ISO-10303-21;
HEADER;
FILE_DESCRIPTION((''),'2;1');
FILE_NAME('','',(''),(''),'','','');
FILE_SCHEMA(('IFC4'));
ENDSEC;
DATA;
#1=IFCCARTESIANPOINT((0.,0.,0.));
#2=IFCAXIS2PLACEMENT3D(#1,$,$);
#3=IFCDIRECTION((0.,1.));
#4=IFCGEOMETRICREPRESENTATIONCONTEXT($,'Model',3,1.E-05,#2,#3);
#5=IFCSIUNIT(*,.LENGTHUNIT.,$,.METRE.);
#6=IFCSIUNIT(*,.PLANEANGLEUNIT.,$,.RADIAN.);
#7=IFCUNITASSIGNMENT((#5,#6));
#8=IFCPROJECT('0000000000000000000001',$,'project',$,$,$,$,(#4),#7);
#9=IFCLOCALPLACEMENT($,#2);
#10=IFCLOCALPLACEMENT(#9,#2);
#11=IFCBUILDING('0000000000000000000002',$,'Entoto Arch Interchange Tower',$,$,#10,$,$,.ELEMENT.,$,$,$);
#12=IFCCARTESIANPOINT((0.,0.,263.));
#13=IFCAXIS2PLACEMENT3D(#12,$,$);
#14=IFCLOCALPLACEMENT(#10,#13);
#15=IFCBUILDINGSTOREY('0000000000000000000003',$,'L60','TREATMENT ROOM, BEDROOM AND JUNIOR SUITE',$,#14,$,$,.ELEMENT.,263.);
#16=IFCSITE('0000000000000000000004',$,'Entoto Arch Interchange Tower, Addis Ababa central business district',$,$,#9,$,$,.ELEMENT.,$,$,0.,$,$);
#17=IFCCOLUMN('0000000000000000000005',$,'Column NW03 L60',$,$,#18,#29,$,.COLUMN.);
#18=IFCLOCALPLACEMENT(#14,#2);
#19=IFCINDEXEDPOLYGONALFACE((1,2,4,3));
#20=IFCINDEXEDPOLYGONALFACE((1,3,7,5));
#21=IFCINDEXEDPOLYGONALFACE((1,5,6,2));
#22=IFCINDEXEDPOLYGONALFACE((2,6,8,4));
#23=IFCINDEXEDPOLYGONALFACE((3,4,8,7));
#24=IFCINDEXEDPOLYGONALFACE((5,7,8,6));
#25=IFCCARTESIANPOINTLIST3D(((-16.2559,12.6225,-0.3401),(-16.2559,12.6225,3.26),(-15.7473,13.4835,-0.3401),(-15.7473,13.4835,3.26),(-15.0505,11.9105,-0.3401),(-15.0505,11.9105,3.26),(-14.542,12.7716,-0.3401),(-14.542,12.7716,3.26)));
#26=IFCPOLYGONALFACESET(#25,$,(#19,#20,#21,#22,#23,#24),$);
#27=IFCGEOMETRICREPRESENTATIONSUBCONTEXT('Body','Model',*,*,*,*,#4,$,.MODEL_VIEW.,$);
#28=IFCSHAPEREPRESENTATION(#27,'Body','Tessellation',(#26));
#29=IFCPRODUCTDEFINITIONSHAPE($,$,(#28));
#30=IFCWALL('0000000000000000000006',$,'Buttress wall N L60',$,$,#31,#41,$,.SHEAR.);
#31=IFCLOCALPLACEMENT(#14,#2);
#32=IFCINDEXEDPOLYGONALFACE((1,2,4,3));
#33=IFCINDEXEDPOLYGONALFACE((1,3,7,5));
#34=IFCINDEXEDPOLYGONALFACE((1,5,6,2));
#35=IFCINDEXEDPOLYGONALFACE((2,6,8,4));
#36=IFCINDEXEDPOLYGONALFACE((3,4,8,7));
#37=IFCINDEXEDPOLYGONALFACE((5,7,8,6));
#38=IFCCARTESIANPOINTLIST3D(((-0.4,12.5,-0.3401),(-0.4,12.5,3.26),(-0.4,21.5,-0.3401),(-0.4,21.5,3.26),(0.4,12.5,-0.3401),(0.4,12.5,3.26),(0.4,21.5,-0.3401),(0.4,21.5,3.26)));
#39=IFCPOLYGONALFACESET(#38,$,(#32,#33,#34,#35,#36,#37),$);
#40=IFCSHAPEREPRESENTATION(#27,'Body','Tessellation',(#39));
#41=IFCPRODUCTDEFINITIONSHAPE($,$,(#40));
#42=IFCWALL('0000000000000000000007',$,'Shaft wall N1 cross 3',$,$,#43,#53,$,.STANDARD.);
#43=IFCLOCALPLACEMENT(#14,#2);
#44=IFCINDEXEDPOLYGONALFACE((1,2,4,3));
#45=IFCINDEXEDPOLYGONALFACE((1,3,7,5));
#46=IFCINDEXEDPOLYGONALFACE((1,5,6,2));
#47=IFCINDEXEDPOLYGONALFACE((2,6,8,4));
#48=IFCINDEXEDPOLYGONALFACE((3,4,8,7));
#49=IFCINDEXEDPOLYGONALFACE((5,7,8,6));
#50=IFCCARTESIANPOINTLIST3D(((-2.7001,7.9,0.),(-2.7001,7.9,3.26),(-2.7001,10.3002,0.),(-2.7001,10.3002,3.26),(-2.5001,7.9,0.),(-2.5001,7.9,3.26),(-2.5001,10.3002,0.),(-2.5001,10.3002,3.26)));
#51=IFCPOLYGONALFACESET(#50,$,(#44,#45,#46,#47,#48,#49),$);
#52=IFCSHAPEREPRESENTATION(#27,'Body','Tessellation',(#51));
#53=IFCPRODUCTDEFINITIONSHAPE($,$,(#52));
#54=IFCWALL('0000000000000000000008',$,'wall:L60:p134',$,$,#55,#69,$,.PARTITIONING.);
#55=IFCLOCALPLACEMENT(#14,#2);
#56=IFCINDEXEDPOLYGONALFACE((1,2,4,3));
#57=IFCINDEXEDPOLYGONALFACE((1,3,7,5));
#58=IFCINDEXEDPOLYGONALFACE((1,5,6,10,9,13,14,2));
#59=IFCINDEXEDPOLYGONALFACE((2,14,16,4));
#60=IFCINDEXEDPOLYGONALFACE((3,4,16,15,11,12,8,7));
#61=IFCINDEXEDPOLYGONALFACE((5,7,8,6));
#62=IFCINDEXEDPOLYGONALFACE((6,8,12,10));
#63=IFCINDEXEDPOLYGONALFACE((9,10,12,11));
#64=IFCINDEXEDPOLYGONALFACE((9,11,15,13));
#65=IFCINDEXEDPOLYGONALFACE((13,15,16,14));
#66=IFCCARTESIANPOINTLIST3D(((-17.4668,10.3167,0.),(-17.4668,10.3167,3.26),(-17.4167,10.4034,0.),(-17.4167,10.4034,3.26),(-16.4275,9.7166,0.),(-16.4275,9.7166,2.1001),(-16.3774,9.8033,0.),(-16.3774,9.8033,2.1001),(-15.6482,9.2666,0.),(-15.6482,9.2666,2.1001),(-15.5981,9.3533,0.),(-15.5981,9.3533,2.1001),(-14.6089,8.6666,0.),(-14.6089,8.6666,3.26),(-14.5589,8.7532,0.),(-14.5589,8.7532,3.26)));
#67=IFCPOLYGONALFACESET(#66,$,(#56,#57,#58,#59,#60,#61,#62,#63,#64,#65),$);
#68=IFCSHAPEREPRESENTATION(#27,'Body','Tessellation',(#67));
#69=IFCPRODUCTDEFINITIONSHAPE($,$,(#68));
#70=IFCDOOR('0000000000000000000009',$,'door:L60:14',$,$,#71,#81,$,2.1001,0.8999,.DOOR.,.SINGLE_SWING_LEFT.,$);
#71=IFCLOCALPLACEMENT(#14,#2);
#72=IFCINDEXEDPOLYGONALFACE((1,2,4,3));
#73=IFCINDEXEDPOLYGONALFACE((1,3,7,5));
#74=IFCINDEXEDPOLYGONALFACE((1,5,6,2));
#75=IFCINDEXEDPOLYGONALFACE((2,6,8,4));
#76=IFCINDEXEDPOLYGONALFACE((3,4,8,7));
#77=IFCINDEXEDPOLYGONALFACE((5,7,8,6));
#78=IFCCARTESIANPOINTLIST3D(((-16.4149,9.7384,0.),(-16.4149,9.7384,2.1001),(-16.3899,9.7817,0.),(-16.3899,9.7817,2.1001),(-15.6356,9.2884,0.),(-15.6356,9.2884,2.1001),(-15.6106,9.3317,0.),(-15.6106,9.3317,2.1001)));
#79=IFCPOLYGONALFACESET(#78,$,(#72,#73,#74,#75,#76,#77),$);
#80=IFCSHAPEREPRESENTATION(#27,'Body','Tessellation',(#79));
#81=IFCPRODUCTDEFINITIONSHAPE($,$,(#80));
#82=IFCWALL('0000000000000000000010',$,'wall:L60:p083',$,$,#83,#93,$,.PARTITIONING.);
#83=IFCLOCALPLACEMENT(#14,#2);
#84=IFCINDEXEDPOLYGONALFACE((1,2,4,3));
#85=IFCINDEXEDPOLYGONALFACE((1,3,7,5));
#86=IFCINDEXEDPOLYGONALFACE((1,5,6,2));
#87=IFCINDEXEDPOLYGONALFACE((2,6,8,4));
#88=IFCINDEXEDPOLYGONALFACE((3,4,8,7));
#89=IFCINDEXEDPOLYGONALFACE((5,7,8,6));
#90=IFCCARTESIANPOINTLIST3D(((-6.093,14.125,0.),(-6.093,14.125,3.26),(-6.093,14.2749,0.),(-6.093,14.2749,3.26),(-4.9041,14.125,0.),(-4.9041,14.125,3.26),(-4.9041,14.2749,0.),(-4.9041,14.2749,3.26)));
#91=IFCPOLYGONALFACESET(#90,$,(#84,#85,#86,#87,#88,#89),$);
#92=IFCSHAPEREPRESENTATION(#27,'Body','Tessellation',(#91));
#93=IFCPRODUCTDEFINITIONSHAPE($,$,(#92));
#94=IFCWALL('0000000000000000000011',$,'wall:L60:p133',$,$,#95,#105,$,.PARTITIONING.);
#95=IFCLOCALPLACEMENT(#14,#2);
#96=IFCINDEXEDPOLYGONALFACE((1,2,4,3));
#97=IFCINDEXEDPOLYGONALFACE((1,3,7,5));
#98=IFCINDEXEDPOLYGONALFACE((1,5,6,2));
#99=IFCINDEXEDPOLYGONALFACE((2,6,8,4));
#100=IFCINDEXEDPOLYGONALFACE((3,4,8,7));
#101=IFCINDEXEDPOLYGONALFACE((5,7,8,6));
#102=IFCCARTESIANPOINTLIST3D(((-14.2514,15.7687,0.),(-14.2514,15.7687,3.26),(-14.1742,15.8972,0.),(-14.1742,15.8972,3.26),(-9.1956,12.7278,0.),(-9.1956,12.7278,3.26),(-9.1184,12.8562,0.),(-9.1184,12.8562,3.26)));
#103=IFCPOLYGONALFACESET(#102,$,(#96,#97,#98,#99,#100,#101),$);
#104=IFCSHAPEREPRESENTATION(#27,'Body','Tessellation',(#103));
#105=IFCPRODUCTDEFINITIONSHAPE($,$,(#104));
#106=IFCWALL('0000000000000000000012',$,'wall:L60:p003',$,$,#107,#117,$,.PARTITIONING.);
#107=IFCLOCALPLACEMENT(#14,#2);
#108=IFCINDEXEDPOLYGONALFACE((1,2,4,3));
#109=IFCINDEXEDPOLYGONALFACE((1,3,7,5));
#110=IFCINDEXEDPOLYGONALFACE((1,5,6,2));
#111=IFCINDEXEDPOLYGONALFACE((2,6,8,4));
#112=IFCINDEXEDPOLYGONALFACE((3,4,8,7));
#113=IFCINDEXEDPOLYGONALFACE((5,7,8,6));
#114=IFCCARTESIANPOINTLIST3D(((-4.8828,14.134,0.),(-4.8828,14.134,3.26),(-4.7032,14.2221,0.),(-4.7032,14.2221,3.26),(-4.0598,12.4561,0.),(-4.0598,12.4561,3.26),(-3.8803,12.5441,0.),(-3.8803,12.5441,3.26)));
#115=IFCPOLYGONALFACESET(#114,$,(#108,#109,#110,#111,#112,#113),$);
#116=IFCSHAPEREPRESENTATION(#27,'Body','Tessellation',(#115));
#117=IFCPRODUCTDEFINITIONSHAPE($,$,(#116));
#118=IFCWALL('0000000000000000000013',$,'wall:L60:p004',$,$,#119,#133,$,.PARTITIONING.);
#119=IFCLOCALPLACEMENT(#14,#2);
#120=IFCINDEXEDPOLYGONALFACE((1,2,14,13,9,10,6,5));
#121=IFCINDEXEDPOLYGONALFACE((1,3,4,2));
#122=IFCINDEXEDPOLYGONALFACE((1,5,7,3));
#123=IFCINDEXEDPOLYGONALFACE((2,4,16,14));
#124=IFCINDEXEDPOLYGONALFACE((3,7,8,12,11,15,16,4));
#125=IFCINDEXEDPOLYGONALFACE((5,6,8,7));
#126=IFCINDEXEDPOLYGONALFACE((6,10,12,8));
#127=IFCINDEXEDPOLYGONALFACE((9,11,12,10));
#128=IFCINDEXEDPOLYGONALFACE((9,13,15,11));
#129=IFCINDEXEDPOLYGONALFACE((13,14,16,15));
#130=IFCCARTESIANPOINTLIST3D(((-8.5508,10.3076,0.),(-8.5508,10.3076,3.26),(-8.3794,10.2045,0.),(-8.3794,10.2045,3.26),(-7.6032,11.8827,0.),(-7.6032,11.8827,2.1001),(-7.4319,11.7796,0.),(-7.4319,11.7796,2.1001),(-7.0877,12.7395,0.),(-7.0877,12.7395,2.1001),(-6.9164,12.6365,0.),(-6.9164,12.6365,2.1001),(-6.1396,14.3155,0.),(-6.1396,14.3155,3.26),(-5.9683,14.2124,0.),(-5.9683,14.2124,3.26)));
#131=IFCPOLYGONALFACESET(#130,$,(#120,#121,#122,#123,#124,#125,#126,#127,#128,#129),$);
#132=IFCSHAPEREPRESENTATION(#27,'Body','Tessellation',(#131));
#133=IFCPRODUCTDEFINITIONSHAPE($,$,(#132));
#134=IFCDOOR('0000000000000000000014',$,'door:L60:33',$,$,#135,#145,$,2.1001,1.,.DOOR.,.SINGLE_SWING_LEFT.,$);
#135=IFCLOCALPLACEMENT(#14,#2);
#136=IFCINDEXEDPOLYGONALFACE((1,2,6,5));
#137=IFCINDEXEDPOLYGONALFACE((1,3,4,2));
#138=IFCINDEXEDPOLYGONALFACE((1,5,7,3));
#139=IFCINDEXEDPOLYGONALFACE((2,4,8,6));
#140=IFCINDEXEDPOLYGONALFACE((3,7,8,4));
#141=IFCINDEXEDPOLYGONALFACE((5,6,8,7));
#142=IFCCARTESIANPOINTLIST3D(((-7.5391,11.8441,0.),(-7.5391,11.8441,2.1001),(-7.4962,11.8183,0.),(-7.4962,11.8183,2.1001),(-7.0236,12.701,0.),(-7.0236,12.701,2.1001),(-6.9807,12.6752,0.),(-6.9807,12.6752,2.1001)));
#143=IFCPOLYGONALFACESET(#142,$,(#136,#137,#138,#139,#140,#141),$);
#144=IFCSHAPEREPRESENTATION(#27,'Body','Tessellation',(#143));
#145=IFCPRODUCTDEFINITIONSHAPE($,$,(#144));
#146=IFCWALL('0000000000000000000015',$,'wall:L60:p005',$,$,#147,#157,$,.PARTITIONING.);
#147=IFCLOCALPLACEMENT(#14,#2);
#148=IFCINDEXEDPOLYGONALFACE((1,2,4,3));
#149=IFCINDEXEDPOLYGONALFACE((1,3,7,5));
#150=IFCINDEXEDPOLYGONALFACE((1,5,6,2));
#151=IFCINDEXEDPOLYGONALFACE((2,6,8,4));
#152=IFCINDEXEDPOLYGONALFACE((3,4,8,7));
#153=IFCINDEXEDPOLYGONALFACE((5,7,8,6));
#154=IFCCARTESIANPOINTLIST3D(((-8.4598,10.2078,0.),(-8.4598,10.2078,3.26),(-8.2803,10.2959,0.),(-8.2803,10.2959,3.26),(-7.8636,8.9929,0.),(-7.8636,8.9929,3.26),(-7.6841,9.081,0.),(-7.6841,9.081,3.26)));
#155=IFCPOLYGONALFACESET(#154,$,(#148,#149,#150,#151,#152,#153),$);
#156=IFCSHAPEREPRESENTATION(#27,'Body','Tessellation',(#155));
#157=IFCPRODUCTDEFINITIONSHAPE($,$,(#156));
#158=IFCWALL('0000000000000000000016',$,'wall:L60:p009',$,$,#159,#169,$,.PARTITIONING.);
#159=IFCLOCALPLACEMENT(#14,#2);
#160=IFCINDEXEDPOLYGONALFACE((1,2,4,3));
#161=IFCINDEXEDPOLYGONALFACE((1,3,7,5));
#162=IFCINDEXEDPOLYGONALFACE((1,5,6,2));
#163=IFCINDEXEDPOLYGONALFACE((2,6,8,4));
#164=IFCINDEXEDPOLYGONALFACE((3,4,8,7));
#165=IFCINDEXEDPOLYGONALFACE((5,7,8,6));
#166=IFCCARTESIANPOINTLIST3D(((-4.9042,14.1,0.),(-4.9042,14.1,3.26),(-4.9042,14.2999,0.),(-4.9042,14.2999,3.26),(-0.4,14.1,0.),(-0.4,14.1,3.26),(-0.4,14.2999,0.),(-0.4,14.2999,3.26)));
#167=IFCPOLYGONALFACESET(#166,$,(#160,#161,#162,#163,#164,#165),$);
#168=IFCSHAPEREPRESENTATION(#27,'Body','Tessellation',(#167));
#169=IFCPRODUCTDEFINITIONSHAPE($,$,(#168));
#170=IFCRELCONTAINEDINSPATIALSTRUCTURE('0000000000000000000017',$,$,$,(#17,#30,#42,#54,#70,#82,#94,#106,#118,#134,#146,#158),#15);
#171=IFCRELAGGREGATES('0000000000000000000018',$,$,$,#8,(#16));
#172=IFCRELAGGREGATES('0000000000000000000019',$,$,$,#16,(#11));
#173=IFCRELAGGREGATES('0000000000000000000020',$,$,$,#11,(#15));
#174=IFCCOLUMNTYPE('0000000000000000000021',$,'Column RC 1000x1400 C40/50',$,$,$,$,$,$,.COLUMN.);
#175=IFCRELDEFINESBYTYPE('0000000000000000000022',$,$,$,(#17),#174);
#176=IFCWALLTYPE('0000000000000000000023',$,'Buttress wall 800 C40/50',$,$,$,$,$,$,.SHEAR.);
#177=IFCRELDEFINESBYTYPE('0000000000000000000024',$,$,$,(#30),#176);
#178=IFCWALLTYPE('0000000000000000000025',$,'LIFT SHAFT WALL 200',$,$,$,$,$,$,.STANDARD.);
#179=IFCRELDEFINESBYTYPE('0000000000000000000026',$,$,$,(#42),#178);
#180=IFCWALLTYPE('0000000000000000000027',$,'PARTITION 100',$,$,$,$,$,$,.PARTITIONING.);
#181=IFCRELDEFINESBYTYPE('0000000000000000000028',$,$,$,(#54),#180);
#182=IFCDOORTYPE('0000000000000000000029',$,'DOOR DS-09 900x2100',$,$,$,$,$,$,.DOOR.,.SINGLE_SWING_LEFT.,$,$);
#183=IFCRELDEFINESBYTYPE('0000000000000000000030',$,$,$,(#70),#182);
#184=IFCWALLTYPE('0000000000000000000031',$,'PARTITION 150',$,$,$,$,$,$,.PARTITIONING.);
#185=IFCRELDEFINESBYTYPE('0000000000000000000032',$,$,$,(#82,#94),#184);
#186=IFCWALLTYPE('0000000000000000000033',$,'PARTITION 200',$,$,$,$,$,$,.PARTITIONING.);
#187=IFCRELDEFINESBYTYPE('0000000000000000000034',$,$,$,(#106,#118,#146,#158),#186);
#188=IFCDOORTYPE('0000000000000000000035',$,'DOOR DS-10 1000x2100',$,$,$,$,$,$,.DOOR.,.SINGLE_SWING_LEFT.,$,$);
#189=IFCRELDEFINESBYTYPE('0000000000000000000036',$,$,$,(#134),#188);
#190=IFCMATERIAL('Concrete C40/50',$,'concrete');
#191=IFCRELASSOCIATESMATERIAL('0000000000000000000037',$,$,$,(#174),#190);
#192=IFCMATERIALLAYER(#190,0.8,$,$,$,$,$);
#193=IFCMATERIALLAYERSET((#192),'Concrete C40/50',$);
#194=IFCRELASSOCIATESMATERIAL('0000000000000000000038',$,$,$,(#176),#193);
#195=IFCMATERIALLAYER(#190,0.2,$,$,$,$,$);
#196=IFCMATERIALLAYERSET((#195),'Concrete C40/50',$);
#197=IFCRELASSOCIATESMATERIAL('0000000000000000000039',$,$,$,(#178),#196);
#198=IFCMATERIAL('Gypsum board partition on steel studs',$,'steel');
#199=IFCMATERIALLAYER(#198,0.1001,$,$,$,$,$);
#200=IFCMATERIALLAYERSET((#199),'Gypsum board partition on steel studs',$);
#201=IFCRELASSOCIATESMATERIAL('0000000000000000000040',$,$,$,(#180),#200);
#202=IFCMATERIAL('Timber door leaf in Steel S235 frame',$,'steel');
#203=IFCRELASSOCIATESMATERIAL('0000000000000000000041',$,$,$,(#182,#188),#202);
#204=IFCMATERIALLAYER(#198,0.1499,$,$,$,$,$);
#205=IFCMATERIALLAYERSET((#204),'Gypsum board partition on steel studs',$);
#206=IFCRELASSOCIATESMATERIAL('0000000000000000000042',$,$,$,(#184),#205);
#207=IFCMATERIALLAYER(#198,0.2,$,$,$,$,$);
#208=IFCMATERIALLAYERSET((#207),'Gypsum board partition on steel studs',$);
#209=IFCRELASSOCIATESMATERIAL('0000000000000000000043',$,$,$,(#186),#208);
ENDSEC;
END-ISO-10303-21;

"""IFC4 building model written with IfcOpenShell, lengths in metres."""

from ifc_helpers import new_model, si_unit, direction, frame, frame_2d, origin, origin_2d, place, context, subcontext, project, spatial, rectangle, extrude, material, layer, layer_set, material_profile, profile_set, type_object, element, fill, save


model = new_model("IFC4")

# Units and contexts
model_context = context("Model", 3, precision=1e-05, world=origin(), true_north=direction((0.0, 1.0)))
body_context = subcontext(model_context, "Body", "Model", "MODEL_VIEW")
ifc_project = project(units=[si_unit("LENGTHUNIT", "METRE"), si_unit("PLANEANGLEUNIT", "RADIAN")], contexts=[model_context])

# Site, building, storey
site_placement = place(None, origin())
site = spatial("IfcSite", under=ifc_project, at=site_placement, Name="Entoto Arch Interchange Tower, Addis Ababa central business district", CompositionType="ELEMENT", RefElevation=0.0)
building_placement = place(site_placement, origin())
building = spatial("IfcBuilding", under=site, at=building_placement, Name="Entoto Arch Interchange Tower", CompositionType="ELEMENT")
storey_placement = place(building_placement, frame((0.0, 0.0, 263.0)))
storey = spatial("IfcBuildingStorey", under=building, at=storey_placement, Name="L60", Description="TREATMENT ROOM, BEDROOM AND JUNIOR SUITE", CompositionType="ELEMENT", Elevation=263.0)

# Column
ifc_material_1 = material(Name="Concrete C40/50", Category="concrete")
ifc_material_profile = material_profile(ifc_material_1, rectangle(XDim=1.0, YDim=1.3999, at=origin_2d()))
ifc_profile_set = profile_set([ifc_material_profile], Name="Concrete C40/50")
column_type = type_object("IfcColumnType", Name="Column RC 1000x1400 C40/50", PredefinedType="COLUMN", material=ifc_profile_set)
column_placement = place(storey_placement, frame((-15.3989, 12.697, -0.3401), z_axis=(0.0, 0.0, 1.0), x_axis=(0.508576, 0.861017, 0.0)))
element("IfcColumn", 1, at=column_placement, inside=storey, type_object=column_type, Name="Column NW03 L60", PredefinedType="COLUMN", context=body_context, shape_type="SweptSolid", body=[
    extrude(rectangle(XDim=1.0, YDim=1.3999, at=origin_2d()), origin(), (0.0, 0.0, 1.0), 3.6001),
])

# Walls
ifc_layer_1 = layer(ifc_material_1, 0.8)
ifc_layer_set_1 = layer_set([ifc_layer_1], Name="Concrete C40/50")
wall_type_1 = type_object("IfcWallType", Name="Buttress wall 800 C40/50", PredefinedType="SHEAR", material=ifc_layer_set_1)
wall_1_placement = place(storey_placement, frame((0.0, 12.5, -0.3401), z_axis=(0.0, 0.0, 1.0), x_axis=(0.0, 1.0, 0.0)))
element("IfcWall", 2, at=wall_1_placement, inside=storey, type_object=wall_type_1, Name="Buttress wall N L60", PredefinedType="SHEAR", context=body_context, shape_type="SweptSolid", body=[
    extrude(rectangle(XDim=9.0, YDim=0.8, at=frame_2d((4.5, 0.0))), origin(), (0.0, 0.0, 1.0), 3.6001),
])
ifc_layer_2 = layer(ifc_material_1, 0.2)
ifc_layer_set_2 = layer_set([ifc_layer_2], Name="Concrete C40/50")
wall_type_2 = type_object("IfcWallType", Name="LIFT SHAFT WALL 200", PredefinedType="STANDARD", material=ifc_layer_set_2)
wall_2_placement = place(storey_placement, frame((-2.6001, 7.8999, 0.0), z_axis=(0.0, 0.0, 1.0), x_axis=(0.0, 1.0, 0.0)))
element("IfcWall", 3, at=wall_2_placement, inside=storey, type_object=wall_type_2, Name="Shaft wall N1 cross 3", PredefinedType="STANDARD", context=body_context, shape_type="SweptSolid", body=[
    extrude(rectangle(XDim=2.4001, YDim=0.2, at=frame_2d((1.2002, 0.0))), origin(), (0.0, 0.0, 1.0), 3.26),
])

# Wall, opening, door
ifc_material_2 = material(Name="Gypsum board partition on steel studs", Category="steel")
ifc_layer_3 = layer(ifc_material_2, 0.1001)
ifc_layer_set_3 = layer_set([ifc_layer_3], Name="Gypsum board partition on steel studs")
wall_type_3 = type_object("IfcWallType", Name="PARTITION 100", PredefinedType="PARTITIONING", material=ifc_layer_set_3)
wall_3_placement = place(storey_placement, frame((-14.584, 8.71, 0.0), z_axis=(0.0, 0.0, 1.0), x_axis=(-0.866008, 0.50003, 0.0)))
wall_3 = element("IfcWall", 4, at=wall_3_placement, inside=storey, type_object=wall_type_3, Name="wall:L60:p134", PredefinedType="PARTITIONING", context=body_context, shape_type="SweptSolid", body=[
    extrude(rectangle(XDim=3.3, YDim=0.1001, at=frame_2d((1.6499, 0.0))), origin(), (0.0, 0.0, 1.0), 3.26),
])
opening_1_placement = place(wall_3_placement, frame((1.2, 0.0, 0.0)))
opening_1 = element("IfcOpeningElement", 5, at=opening_1_placement, cuts=wall_3, PredefinedType="OPENING", context=body_context, shape_type="SweptSolid", body=[
    extrude(rectangle(XDim=0.8999, YDim=2.1001, at=frame_2d((0.45, 1.05))), frame((0.0, 0.0601, 0.0), z_axis=(0.0, -1.0, 0.0), x_axis=(1.0, 0.0, 0.0)), (0.0, 0.0, 1.0), 0.1201),
])
ifc_material_3 = material(Name="Timber door leaf in Steel S235 frame", Category="steel")
door_type_1 = type_object("IfcDoorType", Name="DOOR DS-09 900x2100", OperationType="SINGLE_SWING_LEFT", PredefinedType="DOOR", material=ifc_material_3)
door_1_placement = place(opening_1_placement, origin())
door_1 = element("IfcDoor", 6, at=door_1_placement, inside=storey, type_object=door_type_1, Name="door:L60:14", OperationType="SINGLE_SWING_LEFT", OverallHeight=2.1001, OverallWidth=0.8999, PredefinedType="DOOR", context=body_context, shape_type="SweptSolid", body=[
    extrude(rectangle(XDim=0.8999, YDim=2.1001, at=frame_2d((0.45, 1.05))), frame((0.0, 0.0249, 0.0), z_axis=(0.0, -1.0, 0.0), x_axis=(1.0, 0.0, 0.0)), (0.0, 0.0, 1.0), 0.05),
])
fill(opening_1, door_1)

# Walls
ifc_layer_4 = layer(ifc_material_2, 0.1499)
ifc_layer_set_4 = layer_set([ifc_layer_4], Name="Gypsum board partition on steel studs")
wall_type_4 = type_object("IfcWallType", Name="PARTITION 150", PredefinedType="PARTITIONING", material=ifc_layer_set_4)
wall_4_placement = place(storey_placement, frame((-4.9041, 14.2, 0.0), z_axis=(0.0, 0.0, 1.0), x_axis=(-1.0, 0.0, 0.0)))
element("IfcWall", 7, at=wall_4_placement, inside=storey, type_object=wall_type_4, Name="wall:L60:p083", PredefinedType="PARTITIONING", context=body_context, shape_type="SweptSolid", body=[
    extrude(rectangle(XDim=1.189, YDim=0.1499, at=frame_2d((0.5945, 0.0))), origin(), (0.0, 0.0, 1.0), 3.26),
])
wall_5_placement = place(storey_placement, frame((-9.157, 12.792, 0.0), z_axis=(0.0, 0.0, 1.0), x_axis=(-0.856934, 0.515426, 0.0)))
element("IfcWall", 8, at=wall_5_placement, inside=storey, type_object=wall_type_4, Name="wall:L60:p133", PredefinedType="PARTITIONING", context=body_context, shape_type="SweptSolid", body=[
    extrude(rectangle(XDim=5.8999, YDim=0.1499, at=frame_2d((2.95, 0.0))), origin(), (0.0, 0.0, 1.0), 3.26),
])
ifc_layer_5 = layer(ifc_material_2, 0.2)
ifc_layer_set_5 = layer_set([ifc_layer_5], Name="Gypsum board partition on steel studs")
wall_type_5 = type_object("IfcWallType", Name="PARTITION 200", PredefinedType="PARTITIONING", material=ifc_layer_set_5)
wall_6_placement = place(storey_placement, frame((-3.97, 12.5, 0.0), z_axis=(0.0, 0.0, 1.0), x_axis=(-0.440355, 0.897824, 0.0)))
element("IfcWall", 9, at=wall_6_placement, inside=storey, type_object=wall_type_5, Name="wall:L60:p003", PredefinedType="PARTITIONING", context=body_context, shape_type="SweptSolid", body=[
    extrude(rectangle(XDim=1.8689, YDim=0.2, at=frame_2d((0.9346, 0.0))), origin(), (0.0, 0.0, 1.0), 3.26),
])

# Wall, opening, door
wall_7_placement = place(storey_placement, frame((-6.054, 14.2639, 0.0), z_axis=(0.0, 0.0, 1.0), x_axis=(-0.515509, -0.856884, 0.0)))
wall_7 = element("IfcWall", 10, at=wall_7_placement, inside=storey, type_object=wall_type_5, Name="wall:L60:p004", PredefinedType="PARTITIONING", context=body_context, shape_type="SweptSolid", body=[
    extrude(rectangle(XDim=4.6772, YDim=0.2, at=frame_2d((2.3386, 0.0))), origin(), (0.0, 0.0, 1.0), 3.26),
])
opening_2_placement = place(wall_7_placement, frame((1.8391, 0.0, 0.0)))
opening_2 = element("IfcOpeningElement", 11, at=opening_2_placement, cuts=wall_7, PredefinedType="OPENING", context=body_context, shape_type="SweptSolid", body=[
    extrude(rectangle(XDim=1.0, YDim=2.1001, at=frame_2d((0.5, 1.05))), frame((0.0, 0.1099, 0.0), z_axis=(0.0, -1.0, 0.0), x_axis=(1.0, 0.0, 0.0)), (0.0, 0.0, 1.0), 0.22),
])
door_type_2 = type_object("IfcDoorType", Name="DOOR DS-10 1000x2100", OperationType="SINGLE_SWING_LEFT", PredefinedType="DOOR", material=ifc_material_3)
door_2_placement = place(opening_2_placement, origin())
door_2 = element("IfcDoor", 12, at=door_2_placement, inside=storey, type_object=door_type_2, Name="door:L60:33", OperationType="SINGLE_SWING_LEFT", OverallHeight=2.1001, OverallWidth=1.0, PredefinedType="DOOR", context=body_context, shape_type="SweptSolid", body=[
    extrude(rectangle(XDim=1.0, YDim=2.1001, at=frame_2d((0.5, 1.05))), frame((0.0, 0.0249, 0.0), z_axis=(0.0, -1.0, 0.0), x_axis=(1.0, 0.0, 0.0)), (0.0, 0.0, 1.0), 0.05),
])
fill(opening_2, door_2)

# Walls
wall_8_placement = place(storey_placement, frame((-8.3701, 10.252, 0.0), z_axis=(0.0, 0.0, 1.0), x_axis=(0.440562, -0.897722, 0.0)))
element("IfcWall", 13, at=wall_8_placement, inside=storey, type_object=wall_type_5, Name="wall:L60:p005", PredefinedType="PARTITIONING", context=body_context, shape_type="SweptSolid", body=[
    extrude(rectangle(XDim=1.3533, YDim=0.2, at=frame_2d((0.6768, 0.0))), origin(), (0.0, 0.0, 1.0), 3.26),
])
wall_9_placement = place(storey_placement, frame((-4.9041, 14.2, 0.0), z_axis=(0.0, 0.0, 1.0), x_axis=(1.0, 0.0, 0.0)))
element("IfcWall", 14, at=wall_9_placement, inside=storey, type_object=wall_type_5, Name="wall:L60:p009", PredefinedType="PARTITIONING", context=body_context, shape_type="SweptSolid", body=[
    extrude(rectangle(XDim=4.5042, YDim=0.2, at=frame_2d((2.252, 0.0))), origin(), (0.0, 0.0, 1.0), 3.26),
])

save(model, "model.ifc")
